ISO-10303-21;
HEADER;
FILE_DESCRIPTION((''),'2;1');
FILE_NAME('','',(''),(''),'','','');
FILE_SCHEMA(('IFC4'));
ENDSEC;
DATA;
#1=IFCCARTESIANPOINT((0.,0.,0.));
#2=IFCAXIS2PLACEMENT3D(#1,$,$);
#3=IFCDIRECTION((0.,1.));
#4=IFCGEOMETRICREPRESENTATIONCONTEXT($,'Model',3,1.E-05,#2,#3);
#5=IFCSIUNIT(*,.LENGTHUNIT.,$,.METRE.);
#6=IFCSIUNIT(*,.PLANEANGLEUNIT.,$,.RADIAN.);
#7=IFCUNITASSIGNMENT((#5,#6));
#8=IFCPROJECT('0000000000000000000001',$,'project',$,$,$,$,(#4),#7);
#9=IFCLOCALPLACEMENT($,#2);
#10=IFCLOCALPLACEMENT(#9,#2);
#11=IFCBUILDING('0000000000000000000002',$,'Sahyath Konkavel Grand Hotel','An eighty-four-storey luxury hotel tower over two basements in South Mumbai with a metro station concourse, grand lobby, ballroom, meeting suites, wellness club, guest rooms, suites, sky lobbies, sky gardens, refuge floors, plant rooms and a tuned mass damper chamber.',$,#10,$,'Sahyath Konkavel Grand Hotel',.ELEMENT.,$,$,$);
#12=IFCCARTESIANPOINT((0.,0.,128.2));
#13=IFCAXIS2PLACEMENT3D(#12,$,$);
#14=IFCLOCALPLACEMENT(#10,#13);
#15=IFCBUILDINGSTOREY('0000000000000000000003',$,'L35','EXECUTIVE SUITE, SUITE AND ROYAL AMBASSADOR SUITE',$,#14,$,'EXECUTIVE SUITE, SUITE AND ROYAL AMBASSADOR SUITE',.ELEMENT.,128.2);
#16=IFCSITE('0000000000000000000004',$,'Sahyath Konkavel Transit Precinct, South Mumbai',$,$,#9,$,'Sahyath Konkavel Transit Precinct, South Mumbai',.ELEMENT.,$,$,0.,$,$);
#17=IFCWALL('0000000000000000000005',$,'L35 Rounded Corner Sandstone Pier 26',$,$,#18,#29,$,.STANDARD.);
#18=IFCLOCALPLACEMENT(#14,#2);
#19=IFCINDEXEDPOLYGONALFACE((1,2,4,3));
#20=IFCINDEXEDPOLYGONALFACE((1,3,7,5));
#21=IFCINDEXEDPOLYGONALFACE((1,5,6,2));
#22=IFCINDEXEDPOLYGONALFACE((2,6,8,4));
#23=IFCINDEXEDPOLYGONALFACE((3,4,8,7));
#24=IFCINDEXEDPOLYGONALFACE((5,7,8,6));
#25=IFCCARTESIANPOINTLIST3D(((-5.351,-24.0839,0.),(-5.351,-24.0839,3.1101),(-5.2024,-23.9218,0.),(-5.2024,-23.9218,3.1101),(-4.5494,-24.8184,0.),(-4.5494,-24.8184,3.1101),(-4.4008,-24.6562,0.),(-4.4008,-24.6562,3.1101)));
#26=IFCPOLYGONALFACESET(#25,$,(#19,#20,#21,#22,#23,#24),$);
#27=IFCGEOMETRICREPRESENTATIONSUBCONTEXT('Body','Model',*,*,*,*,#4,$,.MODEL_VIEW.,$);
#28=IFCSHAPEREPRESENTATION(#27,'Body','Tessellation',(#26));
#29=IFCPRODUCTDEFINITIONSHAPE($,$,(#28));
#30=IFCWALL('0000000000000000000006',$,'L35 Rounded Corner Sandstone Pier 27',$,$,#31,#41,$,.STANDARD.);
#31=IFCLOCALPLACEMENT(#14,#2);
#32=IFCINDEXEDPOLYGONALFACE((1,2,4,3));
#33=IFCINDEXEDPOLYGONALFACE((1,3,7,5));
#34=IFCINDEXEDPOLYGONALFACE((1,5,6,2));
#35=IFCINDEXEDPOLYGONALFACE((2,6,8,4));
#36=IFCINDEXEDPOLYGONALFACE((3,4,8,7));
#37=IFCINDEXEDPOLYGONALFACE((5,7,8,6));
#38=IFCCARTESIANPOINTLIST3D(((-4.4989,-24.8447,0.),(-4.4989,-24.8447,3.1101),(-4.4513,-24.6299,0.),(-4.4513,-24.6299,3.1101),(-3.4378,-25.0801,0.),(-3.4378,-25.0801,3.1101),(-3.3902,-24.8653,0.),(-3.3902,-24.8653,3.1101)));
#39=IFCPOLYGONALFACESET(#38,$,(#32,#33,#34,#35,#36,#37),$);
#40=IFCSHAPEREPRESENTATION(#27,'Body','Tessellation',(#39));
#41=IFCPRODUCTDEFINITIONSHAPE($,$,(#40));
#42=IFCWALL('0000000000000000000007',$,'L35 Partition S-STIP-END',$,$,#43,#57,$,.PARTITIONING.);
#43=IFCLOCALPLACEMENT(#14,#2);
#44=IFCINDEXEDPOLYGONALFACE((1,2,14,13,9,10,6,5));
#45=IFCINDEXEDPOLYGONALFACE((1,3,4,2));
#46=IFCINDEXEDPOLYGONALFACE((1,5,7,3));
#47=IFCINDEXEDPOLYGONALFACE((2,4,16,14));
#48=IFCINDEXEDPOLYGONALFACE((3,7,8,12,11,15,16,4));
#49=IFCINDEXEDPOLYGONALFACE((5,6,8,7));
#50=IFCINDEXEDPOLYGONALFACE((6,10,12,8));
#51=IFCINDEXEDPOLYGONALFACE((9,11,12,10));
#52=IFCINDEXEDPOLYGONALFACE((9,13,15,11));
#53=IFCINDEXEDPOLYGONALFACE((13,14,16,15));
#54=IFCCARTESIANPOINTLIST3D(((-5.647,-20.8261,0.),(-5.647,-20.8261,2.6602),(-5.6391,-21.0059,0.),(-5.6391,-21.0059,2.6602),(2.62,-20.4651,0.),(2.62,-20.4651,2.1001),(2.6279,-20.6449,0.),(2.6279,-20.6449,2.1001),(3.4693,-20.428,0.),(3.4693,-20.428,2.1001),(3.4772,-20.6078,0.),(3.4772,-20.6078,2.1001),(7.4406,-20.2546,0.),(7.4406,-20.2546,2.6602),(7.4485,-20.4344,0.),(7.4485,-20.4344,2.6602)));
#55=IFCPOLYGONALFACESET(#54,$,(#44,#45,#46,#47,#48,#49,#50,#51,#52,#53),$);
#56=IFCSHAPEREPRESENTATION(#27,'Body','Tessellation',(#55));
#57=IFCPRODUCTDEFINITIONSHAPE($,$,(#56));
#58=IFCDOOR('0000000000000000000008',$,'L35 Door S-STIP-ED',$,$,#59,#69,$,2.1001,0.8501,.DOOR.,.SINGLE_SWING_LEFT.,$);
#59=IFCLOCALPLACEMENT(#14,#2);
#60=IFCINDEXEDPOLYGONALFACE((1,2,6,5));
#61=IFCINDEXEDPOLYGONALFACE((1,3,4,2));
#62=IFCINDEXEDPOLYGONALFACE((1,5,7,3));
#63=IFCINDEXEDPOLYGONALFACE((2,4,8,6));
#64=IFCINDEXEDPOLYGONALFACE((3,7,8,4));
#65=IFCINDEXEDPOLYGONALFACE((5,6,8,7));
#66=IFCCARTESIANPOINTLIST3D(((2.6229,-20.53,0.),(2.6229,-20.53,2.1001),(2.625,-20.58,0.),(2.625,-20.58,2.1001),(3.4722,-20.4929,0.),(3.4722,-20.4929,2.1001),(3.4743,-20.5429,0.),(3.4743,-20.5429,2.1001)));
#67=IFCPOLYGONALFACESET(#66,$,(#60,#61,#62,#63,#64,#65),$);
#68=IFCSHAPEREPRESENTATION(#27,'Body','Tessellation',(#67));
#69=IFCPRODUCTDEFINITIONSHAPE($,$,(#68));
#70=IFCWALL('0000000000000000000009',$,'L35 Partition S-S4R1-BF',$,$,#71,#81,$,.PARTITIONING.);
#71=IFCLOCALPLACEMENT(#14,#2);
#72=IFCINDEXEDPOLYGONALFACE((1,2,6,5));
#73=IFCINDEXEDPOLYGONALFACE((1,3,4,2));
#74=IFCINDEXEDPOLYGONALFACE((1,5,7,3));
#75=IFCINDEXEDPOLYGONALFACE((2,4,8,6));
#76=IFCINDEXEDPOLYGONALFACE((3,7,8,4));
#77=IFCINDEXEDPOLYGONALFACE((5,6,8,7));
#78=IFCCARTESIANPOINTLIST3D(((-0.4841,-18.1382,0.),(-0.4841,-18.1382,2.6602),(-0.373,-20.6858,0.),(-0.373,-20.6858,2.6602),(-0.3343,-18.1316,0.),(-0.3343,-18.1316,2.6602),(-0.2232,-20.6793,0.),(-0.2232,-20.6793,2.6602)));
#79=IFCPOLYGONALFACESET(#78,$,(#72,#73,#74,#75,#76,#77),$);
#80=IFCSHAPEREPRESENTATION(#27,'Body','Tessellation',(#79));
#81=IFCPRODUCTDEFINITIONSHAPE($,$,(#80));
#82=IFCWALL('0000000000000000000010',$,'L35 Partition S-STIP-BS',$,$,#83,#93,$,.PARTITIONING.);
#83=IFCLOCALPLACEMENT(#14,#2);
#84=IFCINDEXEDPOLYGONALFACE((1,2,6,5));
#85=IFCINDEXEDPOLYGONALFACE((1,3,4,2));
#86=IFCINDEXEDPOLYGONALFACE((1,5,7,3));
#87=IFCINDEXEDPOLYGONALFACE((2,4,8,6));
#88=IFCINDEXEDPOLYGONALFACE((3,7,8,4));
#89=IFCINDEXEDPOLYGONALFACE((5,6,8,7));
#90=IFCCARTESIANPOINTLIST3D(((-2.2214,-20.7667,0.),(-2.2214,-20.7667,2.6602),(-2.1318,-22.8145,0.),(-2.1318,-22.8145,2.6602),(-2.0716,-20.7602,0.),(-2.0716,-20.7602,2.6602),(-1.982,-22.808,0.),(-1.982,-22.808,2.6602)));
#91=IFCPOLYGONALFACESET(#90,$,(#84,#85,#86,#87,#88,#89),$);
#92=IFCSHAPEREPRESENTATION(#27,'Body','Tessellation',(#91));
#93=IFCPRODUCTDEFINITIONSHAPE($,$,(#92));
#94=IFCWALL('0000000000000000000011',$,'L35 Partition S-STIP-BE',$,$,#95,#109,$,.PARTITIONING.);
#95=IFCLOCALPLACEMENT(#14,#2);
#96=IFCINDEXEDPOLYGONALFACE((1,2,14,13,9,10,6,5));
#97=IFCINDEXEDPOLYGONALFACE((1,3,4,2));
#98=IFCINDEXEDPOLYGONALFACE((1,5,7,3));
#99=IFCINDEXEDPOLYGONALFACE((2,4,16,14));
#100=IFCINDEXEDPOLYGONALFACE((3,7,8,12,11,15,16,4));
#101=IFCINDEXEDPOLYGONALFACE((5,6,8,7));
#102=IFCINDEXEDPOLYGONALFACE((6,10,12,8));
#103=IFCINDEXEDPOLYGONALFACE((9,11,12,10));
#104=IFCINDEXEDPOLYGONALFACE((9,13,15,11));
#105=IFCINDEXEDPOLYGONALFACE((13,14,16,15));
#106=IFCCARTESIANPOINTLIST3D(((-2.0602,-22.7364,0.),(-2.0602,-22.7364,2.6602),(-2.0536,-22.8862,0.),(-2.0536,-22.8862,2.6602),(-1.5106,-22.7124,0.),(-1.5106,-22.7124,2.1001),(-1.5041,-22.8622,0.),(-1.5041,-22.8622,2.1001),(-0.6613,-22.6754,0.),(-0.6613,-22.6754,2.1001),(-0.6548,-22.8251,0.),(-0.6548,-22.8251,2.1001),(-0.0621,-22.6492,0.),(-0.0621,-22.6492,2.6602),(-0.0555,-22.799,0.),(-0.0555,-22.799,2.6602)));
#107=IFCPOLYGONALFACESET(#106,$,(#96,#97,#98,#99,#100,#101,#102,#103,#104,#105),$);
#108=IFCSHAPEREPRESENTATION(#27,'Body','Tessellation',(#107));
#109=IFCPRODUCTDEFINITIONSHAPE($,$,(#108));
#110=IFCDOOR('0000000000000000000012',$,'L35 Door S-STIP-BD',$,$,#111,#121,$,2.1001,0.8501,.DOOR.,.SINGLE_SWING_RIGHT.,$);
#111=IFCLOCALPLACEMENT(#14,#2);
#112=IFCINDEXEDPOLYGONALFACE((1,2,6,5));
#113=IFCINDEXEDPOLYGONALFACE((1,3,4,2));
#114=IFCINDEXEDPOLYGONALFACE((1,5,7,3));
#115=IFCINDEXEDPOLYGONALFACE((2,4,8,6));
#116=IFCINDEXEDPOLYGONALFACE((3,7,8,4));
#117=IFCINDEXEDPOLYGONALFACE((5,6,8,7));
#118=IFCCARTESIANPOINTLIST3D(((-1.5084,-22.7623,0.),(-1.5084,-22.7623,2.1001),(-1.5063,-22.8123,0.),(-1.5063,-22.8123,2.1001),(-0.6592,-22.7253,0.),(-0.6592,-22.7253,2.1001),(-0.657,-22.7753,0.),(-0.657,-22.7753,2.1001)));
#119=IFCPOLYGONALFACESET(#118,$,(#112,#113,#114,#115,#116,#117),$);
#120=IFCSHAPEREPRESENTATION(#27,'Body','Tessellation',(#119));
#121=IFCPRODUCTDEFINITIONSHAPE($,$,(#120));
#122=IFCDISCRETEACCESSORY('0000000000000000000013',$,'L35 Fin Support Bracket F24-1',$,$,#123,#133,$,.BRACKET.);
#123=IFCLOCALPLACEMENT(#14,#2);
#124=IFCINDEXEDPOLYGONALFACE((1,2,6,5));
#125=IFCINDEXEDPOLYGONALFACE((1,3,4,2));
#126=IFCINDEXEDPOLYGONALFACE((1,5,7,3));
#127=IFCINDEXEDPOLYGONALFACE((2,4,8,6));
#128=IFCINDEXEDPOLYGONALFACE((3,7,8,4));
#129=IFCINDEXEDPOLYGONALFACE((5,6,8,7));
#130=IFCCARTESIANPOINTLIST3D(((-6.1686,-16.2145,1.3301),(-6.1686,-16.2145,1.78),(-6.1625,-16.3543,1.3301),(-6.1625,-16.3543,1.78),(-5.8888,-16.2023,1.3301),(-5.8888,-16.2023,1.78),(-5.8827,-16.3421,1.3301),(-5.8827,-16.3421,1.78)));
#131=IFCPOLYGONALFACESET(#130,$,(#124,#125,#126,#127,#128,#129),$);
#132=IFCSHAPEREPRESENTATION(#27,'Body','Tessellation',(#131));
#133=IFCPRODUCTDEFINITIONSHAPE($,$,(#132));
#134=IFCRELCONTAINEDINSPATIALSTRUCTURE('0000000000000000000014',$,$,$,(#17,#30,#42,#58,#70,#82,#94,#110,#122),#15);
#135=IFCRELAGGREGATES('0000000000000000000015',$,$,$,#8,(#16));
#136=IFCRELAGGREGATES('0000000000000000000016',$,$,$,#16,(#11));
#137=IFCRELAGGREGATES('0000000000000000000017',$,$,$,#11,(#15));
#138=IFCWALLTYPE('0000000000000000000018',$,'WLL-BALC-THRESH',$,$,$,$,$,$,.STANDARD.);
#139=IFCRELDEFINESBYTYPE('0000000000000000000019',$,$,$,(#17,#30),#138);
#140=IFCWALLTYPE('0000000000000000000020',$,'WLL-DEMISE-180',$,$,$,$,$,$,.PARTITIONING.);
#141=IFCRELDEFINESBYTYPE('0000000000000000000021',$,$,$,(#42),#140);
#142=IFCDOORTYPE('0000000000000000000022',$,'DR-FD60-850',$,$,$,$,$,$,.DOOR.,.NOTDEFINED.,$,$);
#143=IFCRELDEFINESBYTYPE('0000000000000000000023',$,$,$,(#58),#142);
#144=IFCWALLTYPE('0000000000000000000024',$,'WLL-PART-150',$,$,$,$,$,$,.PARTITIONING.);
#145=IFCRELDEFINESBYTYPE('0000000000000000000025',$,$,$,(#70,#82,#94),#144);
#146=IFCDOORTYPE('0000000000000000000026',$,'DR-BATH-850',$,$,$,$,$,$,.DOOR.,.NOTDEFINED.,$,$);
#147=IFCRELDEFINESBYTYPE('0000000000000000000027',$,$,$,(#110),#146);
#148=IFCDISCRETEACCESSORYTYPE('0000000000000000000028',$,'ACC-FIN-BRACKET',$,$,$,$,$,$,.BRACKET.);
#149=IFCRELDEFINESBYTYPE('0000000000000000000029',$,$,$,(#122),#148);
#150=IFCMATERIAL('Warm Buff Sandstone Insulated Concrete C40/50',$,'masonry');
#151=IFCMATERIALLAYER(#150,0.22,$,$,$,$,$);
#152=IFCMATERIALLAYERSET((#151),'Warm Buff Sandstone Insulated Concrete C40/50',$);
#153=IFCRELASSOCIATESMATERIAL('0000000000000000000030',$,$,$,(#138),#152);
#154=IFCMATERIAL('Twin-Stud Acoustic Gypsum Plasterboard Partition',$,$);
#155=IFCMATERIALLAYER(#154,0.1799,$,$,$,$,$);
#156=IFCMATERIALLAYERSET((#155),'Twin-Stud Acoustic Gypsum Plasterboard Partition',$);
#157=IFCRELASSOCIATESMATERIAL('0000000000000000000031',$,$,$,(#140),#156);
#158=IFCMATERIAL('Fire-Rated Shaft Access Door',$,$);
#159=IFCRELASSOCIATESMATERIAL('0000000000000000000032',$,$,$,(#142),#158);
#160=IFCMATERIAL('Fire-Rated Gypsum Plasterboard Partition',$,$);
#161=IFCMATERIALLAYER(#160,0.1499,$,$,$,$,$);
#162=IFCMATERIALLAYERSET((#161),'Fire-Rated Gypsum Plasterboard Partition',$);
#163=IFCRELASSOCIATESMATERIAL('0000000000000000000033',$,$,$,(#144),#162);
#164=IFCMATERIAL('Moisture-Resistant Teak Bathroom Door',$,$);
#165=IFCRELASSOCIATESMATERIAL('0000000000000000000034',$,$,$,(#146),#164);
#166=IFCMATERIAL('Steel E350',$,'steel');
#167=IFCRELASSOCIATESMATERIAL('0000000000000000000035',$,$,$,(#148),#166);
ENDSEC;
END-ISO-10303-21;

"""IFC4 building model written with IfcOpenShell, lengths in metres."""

from ifc_helpers import new_model, si_unit, direction, frame, frame_2d, origin, origin_2d, place, context, subcontext, project, spatial, rectangle, extrude, source, transform, mapped, material, layer, layer_set, type_object, element, fill, save


model = new_model("IFC4")

# Units and contexts
model_context = context("Model", 3, precision=1e-05, world=origin(), true_north=direction((0.0, 1.0)))
body_context = subcontext(model_context, "Body", "Model", "MODEL_VIEW")
ifc_project = project(units=[si_unit("LENGTHUNIT", "METRE"), si_unit("PLANEANGLEUNIT", "RADIAN")], contexts=[model_context])

# Site, building, storey
site_placement = place(None, origin())
site = spatial("IfcSite", under=ifc_project, at=site_placement, Name="Sahyath Konkavel Transit Precinct, South Mumbai", LongName="Sahyath Konkavel Transit Precinct, South Mumbai", CompositionType="ELEMENT", RefElevation=0.0)
building_placement = place(site_placement, origin())
building = spatial("IfcBuilding", under=site, at=building_placement, Name="Sahyath Konkavel Grand Hotel", Description="An eighty-four-storey luxury hotel tower over two basements in South Mumbai with a metro station concourse, grand lobby, ballroom, meeting suites, wellness club, guest rooms, suites, sky lobbies, sky gardens, refuge floors, plant rooms and a tuned mass damper chamber.", LongName="Sahyath Konkavel Grand Hotel", CompositionType="ELEMENT")
storey_placement = place(building_placement, frame((0.0, 0.0, 128.2)))
storey = spatial("IfcBuildingStorey", under=building, at=storey_placement, Name="L35", Description="EXECUTIVE SUITE, SUITE AND ROYAL AMBASSADOR SUITE", LongName="EXECUTIVE SUITE, SUITE AND ROYAL AMBASSADOR SUITE", CompositionType="ELEMENT", Elevation=128.2)

# Shared definitions
ifc_material_1 = material(Name="Steel E350", Category="steel")

# Walls
ifc_material_2 = material(Name="Warm Buff Sandstone Insulated Concrete C40/50", Category="masonry")
ifc_layer_1 = layer(ifc_material_2, 0.22)
ifc_layer_set_1 = layer_set([ifc_layer_1], Name="Warm Buff Sandstone Insulated Concrete C40/50")
wall_type_1 = type_object("IfcWallType", Name="WLL-BALC-THRESH", PredefinedType="STANDARD", material=ifc_layer_set_1)
wall_1_placement = place(storey_placement, frame((-5.2766, -24.0029, 0.0), z_axis=(0.0, 0.0, 1.0), x_axis=(0.737313, -0.675552, 0.0)))
element("IfcWall", 1, at=wall_1_placement, inside=storey, type_object=wall_type_1, Name="L35 Rounded Corner Sandstone Pier 26", PredefinedType="STANDARD", context=body_context, shape_type="SweptSolid", body=[
    extrude(rectangle(XDim=1.0872, YDim=0.22, at=frame_2d((0.5435, 0.0))), origin(), (0.0, 0.0, 1.0), 3.1101),
])
wall_2_placement = place(storey_placement, frame((-4.4751, -24.7373, 0.0), z_axis=(0.0, 0.0, 1.0), x_axis=(0.976272, -0.21655, 0.0)))
element("IfcWall", 2, at=wall_2_placement, inside=storey, type_object=wall_type_1, Name="L35 Rounded Corner Sandstone Pier 27", PredefinedType="STANDARD", context=body_context, shape_type="SweptSolid", body=[
    extrude(rectangle(XDim=1.0869, YDim=0.22, at=frame_2d((0.5435, 0.0))), origin(), (0.0, 0.0, 1.0), 3.1101),
])

# Wall, opening, door
ifc_material_3 = material(Name="Twin-Stud Acoustic Gypsum Plasterboard Partition")
ifc_layer_2 = layer(ifc_material_3, 0.1799)
ifc_layer_set_2 = layer_set([ifc_layer_2], Name="Twin-Stud Acoustic Gypsum Plasterboard Partition")
wall_type_2 = type_object("IfcWallType", Name="WLL-DEMISE-180", PredefinedType="PARTITIONING", material=ifc_layer_set_2)
wall_3_placement = place(storey_placement, frame((-5.6431, -20.916, 0.0), z_axis=(0.0, 0.0, 1.0), x_axis=(0.999048, 0.043628, 0.0)))
wall_3 = element("IfcWall", 3, at=wall_3_placement, inside=storey, type_object=wall_type_2, Name="L35 Partition S-STIP-END", PredefinedType="PARTITIONING", context=body_context, shape_type="SweptSolid", body=[
    extrude(rectangle(XDim=13.1001, YDim=0.1799, at=frame_2d((6.55, 0.0))), origin(), (0.0, 0.0, 1.0), 2.6602),
])
opening_1_placement = place(wall_3_placement, frame((8.2749, 0.0, 0.0)))
opening_1 = element("IfcOpeningElement", 4, at=opening_1_placement, cuts=wall_3, PredefinedType="OPENING", context=body_context, shape_type="SweptSolid", body=[
    extrude(rectangle(XDim=0.8501, YDim=2.1001, at=frame_2d((0.425, 1.05))), frame((0.0, 0.1001, 0.0), z_axis=(0.0, -1.0, 0.0), x_axis=(1.0, 0.0, 0.0)), (0.0, 0.0, 1.0), 0.2),
])
ifc_material_4 = material(Name="Fire-Rated Shaft Access Door")
door_type_1 = type_object("IfcDoorType", Name="DR-FD60-850", OperationType="NOTDEFINED", PredefinedType="DOOR", material=ifc_material_4)
shared_shape_1 = source(origin(), body_context, "Body", "SweptSolid", [
    extrude(rectangle(XDim=0.8501, YDim=0.05, at=origin_2d()), origin(), (0.0, 0.0, 1.0), 2.1001),
])
door_1_placement = place(opening_1_placement, frame((0.425, 0.0, 0.0)))
door_1 = element("IfcDoor", 5, at=door_1_placement, inside=storey, type_object=door_type_1, Name="L35 Door S-STIP-ED", OperationType="SINGLE_SWING_LEFT", OverallHeight=2.1001, OverallWidth=0.8501, PredefinedType="DOOR", context=body_context, shape_type="MappedRepresentation", body=[
    mapped(shared_shape_1, transform((0.0, 0.0, 0.0), scale=1.0)),
])
fill(opening_1, door_1)

# Walls
ifc_material_5 = material(Name="Fire-Rated Gypsum Plasterboard Partition")
ifc_layer_3 = layer(ifc_material_5, 0.1499)
ifc_layer_set_3 = layer_set([ifc_layer_3], Name="Fire-Rated Gypsum Plasterboard Partition")
wall_type_3 = type_object("IfcWallType", Name="WLL-PART-150", PredefinedType="PARTITIONING", material=ifc_layer_set_3)
wall_4_placement = place(storey_placement, frame((-0.4092, -18.135, 0.0), z_axis=(0.0, 0.0, 1.0), x_axis=(0.043562, -0.999051, 0.0)))
element("IfcWall", 6, at=wall_4_placement, inside=storey, type_object=wall_type_3, Name="L35 Partition S-S4R1-BF", PredefinedType="PARTITIONING", context=body_context, shape_type="SweptSolid", body=[
    extrude(rectangle(XDim=2.55, YDim=0.1499, at=frame_2d((1.2749, 0.0))), origin(), (0.0, 0.0, 1.0), 2.6602),
])
wall_5_placement = place(storey_placement, frame((-2.1465, -20.7634, 0.0), z_axis=(0.0, 0.0, 1.0), x_axis=(0.043711, -0.999044, 0.0)))
element("IfcWall", 7, at=wall_5_placement, inside=storey, type_object=wall_type_3, Name="L35 Partition S-STIP-BS", PredefinedType="PARTITIONING", context=body_context, shape_type="SweptSolid", body=[
    extrude(rectangle(XDim=2.0498, YDim=0.1499, at=frame_2d((1.0249, 0.0))), origin(), (0.0, 0.0, 1.0), 2.6602),
])

# Wall, opening, door
wall_6_placement = place(storey_placement, frame((-2.0569, -22.8113, 0.0), z_axis=(0.0, 0.0, 1.0), x_axis=(0.99905, 0.04358, 0.0)))
wall_6 = element("IfcWall", 8, at=wall_6_placement, inside=storey, type_object=wall_type_3, Name="L35 Partition S-STIP-BE", PredefinedType="PARTITIONING", context=body_context, shape_type="SweptSolid", body=[
    extrude(rectangle(XDim=2.0, YDim=0.1499, at=frame_2d((1.0, 0.0))), origin(), (0.0, 0.0, 1.0), 2.6602),
])
opening_2_placement = place(wall_6_placement, frame((0.55, 0.0, 0.0)))
opening_2 = element("IfcOpeningElement", 9, at=opening_2_placement, cuts=wall_6, PredefinedType="OPENING", context=body_context, shape_type="SweptSolid", body=[
    extrude(rectangle(XDim=0.8501, YDim=2.1001, at=frame_2d((0.425, 1.05))), frame((0.0, 0.085, 0.0), z_axis=(0.0, -1.0, 0.0), x_axis=(1.0, 0.0, 0.0)), (0.0, 0.0, 1.0), 0.1699),
])
ifc_material_6 = material(Name="Moisture-Resistant Teak Bathroom Door")
door_type_2 = type_object("IfcDoorType", Name="DR-BATH-850", OperationType="NOTDEFINED", PredefinedType="DOOR", material=ifc_material_6)
door_2_placement = place(opening_2_placement, frame((0.425, 0.0, 0.0)))
door_2 = element("IfcDoor", 10, at=door_2_placement, inside=storey, type_object=door_type_2, Name="L35 Door S-STIP-BD", OperationType="SINGLE_SWING_RIGHT", OverallHeight=2.1001, OverallWidth=0.8501, PredefinedType="DOOR", context=body_context, shape_type="MappedRepresentation", body=[
    mapped(shared_shape_1, transform((0.0, 0.0, 0.0), scale=1.0)),
])
fill(opening_2, door_2)

# Discrete accessory
discrete_accessory_type = type_object("IfcDiscreteAccessoryType", Name="ACC-FIN-BRACKET", PredefinedType="BRACKET", material=ifc_material_1)
shared_shape_2 = source(origin(), body_context, "Body", "SweptSolid", [
    extrude(rectangle(XDim=0.28, YDim=0.1399, at=origin_2d()), origin(), (0.0, 0.0, 1.0), 0.45),
])
discrete_accessory_placement = place(storey_placement, frame((-6.0256, -16.2783, 1.3301), z_axis=(0.0, 0.0, 1.0), x_axis=(-0.999048, -0.043619, 0.0)))
element("IfcDiscreteAccessory", 11, at=discrete_accessory_placement, inside=storey, type_object=discrete_accessory_type, Name="L35 Fin Support Bracket F24-1", PredefinedType="BRACKET", context=body_context, shape_type="MappedRepresentation", body=[
    mapped(shared_shape_2, transform((0.0, 0.0, 0.0), scale=1.0)),
])

save(model, "model.ifc")
